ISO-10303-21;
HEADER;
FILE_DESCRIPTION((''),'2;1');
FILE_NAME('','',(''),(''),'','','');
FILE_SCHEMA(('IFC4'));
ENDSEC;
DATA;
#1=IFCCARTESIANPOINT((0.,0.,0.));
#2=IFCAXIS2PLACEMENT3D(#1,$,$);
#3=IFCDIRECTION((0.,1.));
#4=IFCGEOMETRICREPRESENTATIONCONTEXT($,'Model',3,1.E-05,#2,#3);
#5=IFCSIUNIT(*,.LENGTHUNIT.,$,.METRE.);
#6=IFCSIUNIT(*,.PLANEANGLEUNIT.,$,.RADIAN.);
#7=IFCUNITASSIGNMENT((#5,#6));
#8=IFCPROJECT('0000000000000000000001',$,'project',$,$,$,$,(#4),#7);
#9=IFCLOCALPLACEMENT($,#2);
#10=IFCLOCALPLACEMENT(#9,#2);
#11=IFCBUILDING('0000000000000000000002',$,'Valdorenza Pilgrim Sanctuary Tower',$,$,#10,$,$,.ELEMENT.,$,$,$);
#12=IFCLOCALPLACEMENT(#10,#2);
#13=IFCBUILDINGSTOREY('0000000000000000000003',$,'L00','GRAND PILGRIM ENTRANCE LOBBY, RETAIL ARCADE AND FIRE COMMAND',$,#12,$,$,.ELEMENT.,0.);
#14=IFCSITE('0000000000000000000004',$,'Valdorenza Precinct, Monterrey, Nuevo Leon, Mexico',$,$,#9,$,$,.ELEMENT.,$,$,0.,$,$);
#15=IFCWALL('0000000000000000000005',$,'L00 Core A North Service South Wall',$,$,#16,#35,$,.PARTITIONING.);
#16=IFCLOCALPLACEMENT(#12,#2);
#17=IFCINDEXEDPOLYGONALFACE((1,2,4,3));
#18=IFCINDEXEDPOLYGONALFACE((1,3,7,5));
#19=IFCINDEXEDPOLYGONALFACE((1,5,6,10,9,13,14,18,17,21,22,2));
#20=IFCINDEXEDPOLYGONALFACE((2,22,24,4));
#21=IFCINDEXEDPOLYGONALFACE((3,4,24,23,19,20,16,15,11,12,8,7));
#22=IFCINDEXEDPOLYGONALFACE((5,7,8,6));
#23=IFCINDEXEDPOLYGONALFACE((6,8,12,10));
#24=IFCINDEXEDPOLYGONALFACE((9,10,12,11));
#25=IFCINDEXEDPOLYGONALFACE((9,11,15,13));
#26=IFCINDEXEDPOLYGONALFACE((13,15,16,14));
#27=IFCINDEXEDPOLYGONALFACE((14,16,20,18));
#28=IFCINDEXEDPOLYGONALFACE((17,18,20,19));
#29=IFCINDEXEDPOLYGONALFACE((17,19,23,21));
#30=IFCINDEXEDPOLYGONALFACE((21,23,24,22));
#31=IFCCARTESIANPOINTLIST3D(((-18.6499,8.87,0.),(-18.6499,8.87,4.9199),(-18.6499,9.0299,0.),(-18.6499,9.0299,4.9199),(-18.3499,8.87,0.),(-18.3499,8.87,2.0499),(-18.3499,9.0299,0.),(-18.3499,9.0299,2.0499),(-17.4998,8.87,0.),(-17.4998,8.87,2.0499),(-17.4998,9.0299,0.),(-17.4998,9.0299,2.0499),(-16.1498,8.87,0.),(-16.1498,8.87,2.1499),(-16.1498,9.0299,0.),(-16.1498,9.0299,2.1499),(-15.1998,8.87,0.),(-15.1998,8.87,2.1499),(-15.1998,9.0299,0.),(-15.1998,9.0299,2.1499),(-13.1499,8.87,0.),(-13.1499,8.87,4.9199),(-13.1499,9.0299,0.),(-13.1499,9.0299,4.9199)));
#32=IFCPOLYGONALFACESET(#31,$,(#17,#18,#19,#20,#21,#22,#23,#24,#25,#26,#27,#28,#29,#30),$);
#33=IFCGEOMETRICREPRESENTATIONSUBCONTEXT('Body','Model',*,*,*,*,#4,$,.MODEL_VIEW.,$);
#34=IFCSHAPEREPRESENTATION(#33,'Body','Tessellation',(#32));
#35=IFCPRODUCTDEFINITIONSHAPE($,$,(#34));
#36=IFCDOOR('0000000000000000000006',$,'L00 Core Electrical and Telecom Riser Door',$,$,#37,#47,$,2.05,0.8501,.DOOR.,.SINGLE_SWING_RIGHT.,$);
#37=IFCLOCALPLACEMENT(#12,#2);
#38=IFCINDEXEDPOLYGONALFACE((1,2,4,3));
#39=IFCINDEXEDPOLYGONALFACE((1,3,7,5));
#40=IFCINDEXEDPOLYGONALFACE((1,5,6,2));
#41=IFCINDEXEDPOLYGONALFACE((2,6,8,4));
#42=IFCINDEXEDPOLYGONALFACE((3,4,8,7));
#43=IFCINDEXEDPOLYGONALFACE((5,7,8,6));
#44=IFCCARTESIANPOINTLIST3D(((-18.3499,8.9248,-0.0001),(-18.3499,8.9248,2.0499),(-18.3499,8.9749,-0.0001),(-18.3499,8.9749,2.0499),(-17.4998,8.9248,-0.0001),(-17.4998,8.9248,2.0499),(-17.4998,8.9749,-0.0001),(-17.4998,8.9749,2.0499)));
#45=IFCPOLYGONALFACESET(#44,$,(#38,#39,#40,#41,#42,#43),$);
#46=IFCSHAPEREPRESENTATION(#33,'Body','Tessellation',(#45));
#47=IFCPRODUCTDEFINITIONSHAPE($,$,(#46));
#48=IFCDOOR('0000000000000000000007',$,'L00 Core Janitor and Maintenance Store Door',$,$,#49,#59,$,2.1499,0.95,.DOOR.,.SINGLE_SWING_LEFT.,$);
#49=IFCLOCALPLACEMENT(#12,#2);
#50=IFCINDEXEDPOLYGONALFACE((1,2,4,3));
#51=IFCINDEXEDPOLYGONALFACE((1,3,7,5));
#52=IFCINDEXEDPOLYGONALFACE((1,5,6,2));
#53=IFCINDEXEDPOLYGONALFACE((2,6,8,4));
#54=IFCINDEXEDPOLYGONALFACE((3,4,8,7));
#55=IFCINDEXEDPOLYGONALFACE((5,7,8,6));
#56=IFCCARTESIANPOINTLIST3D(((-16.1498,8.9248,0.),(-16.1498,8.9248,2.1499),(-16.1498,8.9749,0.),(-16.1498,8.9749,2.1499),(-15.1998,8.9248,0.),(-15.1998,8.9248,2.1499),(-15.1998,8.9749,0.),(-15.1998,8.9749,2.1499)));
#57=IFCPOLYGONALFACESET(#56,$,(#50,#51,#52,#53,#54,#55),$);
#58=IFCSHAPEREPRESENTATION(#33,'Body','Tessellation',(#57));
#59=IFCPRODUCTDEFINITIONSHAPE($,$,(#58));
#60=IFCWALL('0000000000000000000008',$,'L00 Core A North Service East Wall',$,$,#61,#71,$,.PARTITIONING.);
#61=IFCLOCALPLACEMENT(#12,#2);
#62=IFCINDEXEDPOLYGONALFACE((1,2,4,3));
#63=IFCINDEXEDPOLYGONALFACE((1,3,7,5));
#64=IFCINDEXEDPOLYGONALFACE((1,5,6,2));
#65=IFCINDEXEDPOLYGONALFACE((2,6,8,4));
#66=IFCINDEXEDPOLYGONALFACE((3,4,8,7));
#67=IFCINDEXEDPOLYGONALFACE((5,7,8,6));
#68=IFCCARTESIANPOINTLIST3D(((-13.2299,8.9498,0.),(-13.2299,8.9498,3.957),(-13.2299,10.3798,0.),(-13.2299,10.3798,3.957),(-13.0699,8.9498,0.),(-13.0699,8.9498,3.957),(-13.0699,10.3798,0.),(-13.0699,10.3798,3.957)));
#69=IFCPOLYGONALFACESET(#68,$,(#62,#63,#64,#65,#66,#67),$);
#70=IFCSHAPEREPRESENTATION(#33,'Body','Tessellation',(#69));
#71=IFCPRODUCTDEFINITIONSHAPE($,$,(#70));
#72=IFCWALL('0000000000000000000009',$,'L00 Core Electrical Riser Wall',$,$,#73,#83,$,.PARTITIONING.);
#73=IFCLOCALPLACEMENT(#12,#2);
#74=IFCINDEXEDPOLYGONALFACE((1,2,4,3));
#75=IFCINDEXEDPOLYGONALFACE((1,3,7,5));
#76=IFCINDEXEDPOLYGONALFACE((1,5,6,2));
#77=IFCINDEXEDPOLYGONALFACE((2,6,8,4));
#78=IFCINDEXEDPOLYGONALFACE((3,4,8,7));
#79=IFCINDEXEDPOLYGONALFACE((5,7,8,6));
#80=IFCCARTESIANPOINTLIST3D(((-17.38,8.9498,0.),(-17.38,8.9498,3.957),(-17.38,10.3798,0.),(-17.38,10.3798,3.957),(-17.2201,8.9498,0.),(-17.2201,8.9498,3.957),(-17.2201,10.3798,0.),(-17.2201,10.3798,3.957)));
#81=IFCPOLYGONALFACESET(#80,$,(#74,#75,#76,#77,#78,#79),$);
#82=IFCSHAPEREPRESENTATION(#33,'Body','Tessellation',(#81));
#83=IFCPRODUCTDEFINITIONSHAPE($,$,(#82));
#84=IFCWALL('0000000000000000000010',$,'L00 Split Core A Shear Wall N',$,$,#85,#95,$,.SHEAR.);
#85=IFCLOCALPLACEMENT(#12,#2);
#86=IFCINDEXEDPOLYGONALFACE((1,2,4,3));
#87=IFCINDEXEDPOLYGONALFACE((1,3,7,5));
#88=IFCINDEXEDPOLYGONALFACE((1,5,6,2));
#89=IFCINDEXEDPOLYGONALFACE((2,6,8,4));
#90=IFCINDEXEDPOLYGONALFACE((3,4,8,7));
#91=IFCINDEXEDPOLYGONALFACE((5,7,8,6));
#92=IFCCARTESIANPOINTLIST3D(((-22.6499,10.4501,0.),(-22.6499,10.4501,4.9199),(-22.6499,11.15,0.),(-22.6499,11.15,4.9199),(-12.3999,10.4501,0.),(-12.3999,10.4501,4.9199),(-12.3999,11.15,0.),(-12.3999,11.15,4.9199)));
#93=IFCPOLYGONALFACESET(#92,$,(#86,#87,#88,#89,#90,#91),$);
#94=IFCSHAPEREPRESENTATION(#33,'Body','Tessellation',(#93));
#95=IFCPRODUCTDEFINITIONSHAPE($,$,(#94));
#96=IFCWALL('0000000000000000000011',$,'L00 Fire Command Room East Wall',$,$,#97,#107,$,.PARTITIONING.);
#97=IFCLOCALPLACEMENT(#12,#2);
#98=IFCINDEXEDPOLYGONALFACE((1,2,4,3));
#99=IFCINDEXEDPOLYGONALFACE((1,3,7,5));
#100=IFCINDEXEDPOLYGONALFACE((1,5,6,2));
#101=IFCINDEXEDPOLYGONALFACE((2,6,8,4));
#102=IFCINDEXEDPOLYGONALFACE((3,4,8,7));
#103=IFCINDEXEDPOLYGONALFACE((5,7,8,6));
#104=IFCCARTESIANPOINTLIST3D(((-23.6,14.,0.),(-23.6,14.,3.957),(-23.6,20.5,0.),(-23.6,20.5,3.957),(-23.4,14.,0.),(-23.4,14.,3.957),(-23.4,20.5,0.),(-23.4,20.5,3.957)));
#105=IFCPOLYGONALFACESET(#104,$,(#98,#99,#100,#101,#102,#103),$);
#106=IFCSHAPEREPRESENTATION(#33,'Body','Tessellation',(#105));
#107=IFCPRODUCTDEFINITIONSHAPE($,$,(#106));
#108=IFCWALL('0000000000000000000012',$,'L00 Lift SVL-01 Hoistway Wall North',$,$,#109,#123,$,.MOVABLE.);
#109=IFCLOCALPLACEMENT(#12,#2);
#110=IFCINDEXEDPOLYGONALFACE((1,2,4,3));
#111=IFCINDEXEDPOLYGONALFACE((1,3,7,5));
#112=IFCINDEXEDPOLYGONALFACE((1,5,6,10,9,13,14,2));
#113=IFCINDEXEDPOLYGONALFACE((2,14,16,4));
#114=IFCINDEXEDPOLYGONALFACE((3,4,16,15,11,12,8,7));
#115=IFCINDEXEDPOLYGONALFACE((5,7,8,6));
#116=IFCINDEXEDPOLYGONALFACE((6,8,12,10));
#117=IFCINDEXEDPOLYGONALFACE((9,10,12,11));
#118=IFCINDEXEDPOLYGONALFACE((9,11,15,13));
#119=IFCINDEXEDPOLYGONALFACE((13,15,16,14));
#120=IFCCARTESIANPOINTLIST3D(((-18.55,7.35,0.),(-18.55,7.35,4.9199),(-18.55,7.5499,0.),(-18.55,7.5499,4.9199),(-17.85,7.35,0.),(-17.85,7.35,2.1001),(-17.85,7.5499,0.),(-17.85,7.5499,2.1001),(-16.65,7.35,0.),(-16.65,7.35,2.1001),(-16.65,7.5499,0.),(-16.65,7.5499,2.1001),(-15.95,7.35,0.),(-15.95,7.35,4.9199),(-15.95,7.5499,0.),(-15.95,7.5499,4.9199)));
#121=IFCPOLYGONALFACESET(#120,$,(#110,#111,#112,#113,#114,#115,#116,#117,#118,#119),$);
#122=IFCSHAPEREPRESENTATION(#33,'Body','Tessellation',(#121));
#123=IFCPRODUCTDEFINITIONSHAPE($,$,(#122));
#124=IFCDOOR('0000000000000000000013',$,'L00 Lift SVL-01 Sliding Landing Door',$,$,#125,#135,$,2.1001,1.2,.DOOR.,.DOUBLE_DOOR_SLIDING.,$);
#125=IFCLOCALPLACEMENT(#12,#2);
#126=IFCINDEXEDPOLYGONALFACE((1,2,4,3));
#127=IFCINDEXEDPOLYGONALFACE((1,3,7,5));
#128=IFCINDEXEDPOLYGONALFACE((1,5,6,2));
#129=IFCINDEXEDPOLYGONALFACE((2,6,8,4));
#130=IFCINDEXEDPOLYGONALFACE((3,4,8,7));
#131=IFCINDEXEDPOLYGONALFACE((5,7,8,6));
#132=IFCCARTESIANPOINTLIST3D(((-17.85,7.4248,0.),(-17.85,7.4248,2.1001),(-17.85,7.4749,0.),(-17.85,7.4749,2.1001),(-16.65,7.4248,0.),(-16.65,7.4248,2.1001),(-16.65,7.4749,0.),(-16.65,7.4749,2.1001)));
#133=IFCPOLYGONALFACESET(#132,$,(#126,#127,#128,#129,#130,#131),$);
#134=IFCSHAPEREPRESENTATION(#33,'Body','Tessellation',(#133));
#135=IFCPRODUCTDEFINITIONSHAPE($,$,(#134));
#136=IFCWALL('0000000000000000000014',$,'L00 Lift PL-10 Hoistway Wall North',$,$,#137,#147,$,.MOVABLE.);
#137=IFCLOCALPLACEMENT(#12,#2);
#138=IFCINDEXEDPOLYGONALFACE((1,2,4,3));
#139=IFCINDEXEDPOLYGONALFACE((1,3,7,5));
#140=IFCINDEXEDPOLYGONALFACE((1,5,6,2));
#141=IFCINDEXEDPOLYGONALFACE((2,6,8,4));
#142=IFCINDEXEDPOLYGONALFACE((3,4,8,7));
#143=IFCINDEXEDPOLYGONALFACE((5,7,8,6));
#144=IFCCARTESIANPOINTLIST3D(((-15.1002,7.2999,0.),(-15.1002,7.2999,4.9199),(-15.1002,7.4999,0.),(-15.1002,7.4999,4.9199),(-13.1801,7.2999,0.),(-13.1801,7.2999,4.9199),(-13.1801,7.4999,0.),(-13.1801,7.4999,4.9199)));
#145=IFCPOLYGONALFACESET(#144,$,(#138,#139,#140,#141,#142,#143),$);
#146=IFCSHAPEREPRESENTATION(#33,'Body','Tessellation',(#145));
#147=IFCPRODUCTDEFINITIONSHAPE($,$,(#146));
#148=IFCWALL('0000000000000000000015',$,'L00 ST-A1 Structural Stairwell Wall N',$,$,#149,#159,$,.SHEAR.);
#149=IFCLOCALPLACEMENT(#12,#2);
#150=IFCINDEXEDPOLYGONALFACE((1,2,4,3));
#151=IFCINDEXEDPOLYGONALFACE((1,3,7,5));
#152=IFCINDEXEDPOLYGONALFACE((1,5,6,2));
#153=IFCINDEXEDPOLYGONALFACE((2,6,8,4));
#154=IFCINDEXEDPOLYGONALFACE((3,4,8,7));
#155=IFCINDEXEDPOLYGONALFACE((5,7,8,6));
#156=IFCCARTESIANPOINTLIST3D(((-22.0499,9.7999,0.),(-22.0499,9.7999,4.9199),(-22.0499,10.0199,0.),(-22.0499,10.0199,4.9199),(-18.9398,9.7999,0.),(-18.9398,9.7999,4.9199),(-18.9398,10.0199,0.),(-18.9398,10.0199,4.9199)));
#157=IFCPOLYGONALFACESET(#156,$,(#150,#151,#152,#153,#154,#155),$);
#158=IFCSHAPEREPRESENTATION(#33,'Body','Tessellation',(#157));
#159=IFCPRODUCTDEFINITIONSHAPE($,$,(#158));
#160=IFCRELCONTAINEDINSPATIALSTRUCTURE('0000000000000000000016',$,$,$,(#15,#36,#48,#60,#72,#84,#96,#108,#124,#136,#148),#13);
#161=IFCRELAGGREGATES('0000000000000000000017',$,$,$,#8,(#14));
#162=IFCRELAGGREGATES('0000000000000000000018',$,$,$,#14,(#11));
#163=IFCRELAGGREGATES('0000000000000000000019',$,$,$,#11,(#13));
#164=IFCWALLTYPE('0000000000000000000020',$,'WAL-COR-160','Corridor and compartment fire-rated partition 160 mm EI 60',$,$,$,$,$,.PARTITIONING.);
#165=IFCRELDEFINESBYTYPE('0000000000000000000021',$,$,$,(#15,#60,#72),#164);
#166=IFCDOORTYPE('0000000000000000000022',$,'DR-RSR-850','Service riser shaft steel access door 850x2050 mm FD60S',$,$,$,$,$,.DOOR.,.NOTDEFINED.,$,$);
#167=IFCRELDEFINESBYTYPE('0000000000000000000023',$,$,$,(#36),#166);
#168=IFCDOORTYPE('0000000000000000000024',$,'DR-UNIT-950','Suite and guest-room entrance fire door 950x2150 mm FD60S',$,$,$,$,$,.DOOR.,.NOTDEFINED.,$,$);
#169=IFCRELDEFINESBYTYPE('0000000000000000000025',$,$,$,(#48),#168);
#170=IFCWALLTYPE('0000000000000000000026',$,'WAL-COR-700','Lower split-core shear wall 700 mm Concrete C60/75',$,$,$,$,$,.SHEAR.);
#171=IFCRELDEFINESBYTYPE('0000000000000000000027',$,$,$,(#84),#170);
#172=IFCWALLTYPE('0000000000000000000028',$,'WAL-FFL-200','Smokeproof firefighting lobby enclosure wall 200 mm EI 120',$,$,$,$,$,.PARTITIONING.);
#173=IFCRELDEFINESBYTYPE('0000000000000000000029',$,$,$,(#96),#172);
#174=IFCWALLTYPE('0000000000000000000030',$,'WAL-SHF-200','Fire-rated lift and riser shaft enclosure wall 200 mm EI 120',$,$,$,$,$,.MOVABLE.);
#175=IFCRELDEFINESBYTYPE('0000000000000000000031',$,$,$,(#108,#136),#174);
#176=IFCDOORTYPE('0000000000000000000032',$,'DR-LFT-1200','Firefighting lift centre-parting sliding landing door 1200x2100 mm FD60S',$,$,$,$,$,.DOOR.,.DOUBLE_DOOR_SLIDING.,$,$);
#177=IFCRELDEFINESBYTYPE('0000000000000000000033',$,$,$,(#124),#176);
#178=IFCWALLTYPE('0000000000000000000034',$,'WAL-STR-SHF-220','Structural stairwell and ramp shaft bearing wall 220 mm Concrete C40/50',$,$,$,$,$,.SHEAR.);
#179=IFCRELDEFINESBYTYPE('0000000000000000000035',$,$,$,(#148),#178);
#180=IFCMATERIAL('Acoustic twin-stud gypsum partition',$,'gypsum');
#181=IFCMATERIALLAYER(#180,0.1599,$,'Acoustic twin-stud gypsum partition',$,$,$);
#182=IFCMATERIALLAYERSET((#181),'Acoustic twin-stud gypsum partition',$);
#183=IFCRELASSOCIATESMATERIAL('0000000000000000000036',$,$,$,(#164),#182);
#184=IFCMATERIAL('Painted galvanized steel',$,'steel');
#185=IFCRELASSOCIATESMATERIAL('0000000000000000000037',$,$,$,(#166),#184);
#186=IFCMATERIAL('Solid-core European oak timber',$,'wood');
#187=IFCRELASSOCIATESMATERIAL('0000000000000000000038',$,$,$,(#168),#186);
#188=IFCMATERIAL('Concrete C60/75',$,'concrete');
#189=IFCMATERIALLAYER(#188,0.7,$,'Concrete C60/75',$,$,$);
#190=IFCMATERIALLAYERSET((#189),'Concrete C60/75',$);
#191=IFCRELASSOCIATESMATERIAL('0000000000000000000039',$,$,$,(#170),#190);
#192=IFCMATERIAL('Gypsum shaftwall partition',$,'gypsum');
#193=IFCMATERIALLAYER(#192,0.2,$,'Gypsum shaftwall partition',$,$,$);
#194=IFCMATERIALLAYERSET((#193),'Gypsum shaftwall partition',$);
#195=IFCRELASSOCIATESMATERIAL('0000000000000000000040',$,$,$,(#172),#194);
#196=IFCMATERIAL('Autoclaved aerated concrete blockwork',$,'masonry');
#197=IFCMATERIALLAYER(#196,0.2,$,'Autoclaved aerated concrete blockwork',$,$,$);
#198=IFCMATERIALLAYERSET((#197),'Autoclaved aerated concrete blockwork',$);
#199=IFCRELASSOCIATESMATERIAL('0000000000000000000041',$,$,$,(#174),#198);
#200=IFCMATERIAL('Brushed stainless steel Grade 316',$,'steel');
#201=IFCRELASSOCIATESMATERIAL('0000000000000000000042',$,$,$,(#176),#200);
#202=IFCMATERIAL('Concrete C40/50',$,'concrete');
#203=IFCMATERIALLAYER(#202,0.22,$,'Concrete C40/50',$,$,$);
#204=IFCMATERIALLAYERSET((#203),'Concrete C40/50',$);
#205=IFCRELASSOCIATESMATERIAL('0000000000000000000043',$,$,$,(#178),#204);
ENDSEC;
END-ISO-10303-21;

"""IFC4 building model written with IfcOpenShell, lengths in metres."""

from ifc_helpers import new_model, si_unit, direction, frame, frame_2d, origin, place, context, subcontext, project, spatial, rectangle, extrude, material, layer, layer_set, type_object, element, fill, save


model = new_model("IFC4")

# Units and contexts
model_context = context("Model", 3, precision=1e-05, world=origin(), true_north=direction((0.0, 1.0)))
body_context = subcontext(model_context, "Body", "Model", "MODEL_VIEW")
ifc_project = project(units=[si_unit("LENGTHUNIT", "METRE"), si_unit("PLANEANGLEUNIT", "RADIAN")], contexts=[model_context])

# Site, building, storey
site_placement = place(None, origin())
site = spatial("IfcSite", under=ifc_project, at=site_placement, Name="Valdorenza Precinct, Monterrey, Nuevo Leon, Mexico", CompositionType="ELEMENT", RefElevation=0.0)
building_placement = place(site_placement, origin())
building = spatial("IfcBuilding", under=site, at=building_placement, Name="Valdorenza Pilgrim Sanctuary Tower", CompositionType="ELEMENT")
storey_placement = place(building_placement, origin())
storey = spatial("IfcBuildingStorey", under=building, at=storey_placement, Name="L00", Description="GRAND PILGRIM ENTRANCE LOBBY, RETAIL ARCADE AND FIRE COMMAND", CompositionType="ELEMENT", Elevation=0.0)

# Shared definitions
ifc_material_1 = material(Name="Concrete C60/75", Category="concrete")

# Shared definitions
ifc_material_2 = material(Name="Acoustic twin-stud gypsum partition", Category="gypsum")
ifc_layer_1 = layer(ifc_material_2, 0.1599, Name="Acoustic twin-stud gypsum partition")
ifc_layer_set_1 = layer_set([ifc_layer_1], Name="Acoustic twin-stud gypsum partition")
wall_type_1 = type_object("IfcWallType", Name="WAL-COR-160", Description="Corridor and compartment fire-rated partition 160 mm EI 60", PredefinedType="PARTITIONING", material=ifc_layer_set_1)

# Wall, openings, doors
wall_1_placement = place(storey_placement, frame((-18.6499, 8.95, 0.0), z_axis=(0.0, 0.0, 1.0), x_axis=(1.0, 0.0, 0.0)))
wall_1 = element("IfcWall", 1, at=wall_1_placement, inside=storey, type_object=wall_type_1, Name="L00 Core A North Service South Wall", PredefinedType="PARTITIONING", context=body_context, shape_type="SweptSolid", body=[
    extrude(rectangle(XDim=5.5, YDim=0.1599, at=frame_2d((2.75, 0.0))), origin(), (0.0, 0.0, 1.0), 4.9199),
])
opening_1_placement = place(wall_1_placement, frame((0.3, 0.0, 0.0)))
opening_1 = element("IfcOpeningElement", 2, at=opening_1_placement, cuts=wall_1, PredefinedType="OPENING", context=body_context, shape_type="SweptSolid", body=[
    extrude(rectangle(XDim=0.8501, YDim=2.05, at=frame_2d((0.425, 1.0249))), frame((0.0, 0.0947, 0.0), z_axis=(0.0, -1.0, 0.0), x_axis=(1.0, 0.0, 0.0)), (0.0, 0.0, 1.0), 0.1897),
])
opening_2_placement = place(wall_1_placement, frame((2.5, 0.0, 0.0)))
opening_2 = element("IfcOpeningElement", 3, at=opening_2_placement, cuts=wall_1, PredefinedType="OPENING", context=body_context, shape_type="SweptSolid", body=[
    extrude(rectangle(XDim=0.95, YDim=2.1499, at=frame_2d((0.4751, 1.075))), frame((0.0, 0.0947, 0.0), z_axis=(0.0, -1.0, 0.0), x_axis=(1.0, 0.0, 0.0)), (0.0, 0.0, 1.0), 0.1897),
])
ifc_material_3 = material(Name="Painted galvanized steel", Category="steel")
door_type_1 = type_object("IfcDoorType", Name="DR-RSR-850", Description="Service riser shaft steel access door 850x2050 mm FD60S", OperationType="NOTDEFINED", PredefinedType="DOOR", material=ifc_material_3)
door_1_placement = place(opening_1_placement, origin())
door_1 = element("IfcDoor", 4, at=door_1_placement, inside=storey, type_object=door_type_1, Name="L00 Core Electrical and Telecom Riser Door", OperationType="SINGLE_SWING_RIGHT", OverallHeight=2.05, OverallWidth=0.8501, PredefinedType="DOOR", context=body_context, shape_type="SweptSolid", body=[
    extrude(rectangle(XDim=0.8501, YDim=2.05, at=frame_2d((0.425, 1.0249))), frame((0.0, 0.0249, 0.0), z_axis=(0.0, -1.0, 0.0), x_axis=(1.0, 0.0, 0.0)), (0.0, 0.0, 1.0), 0.05),
])
fill(opening_1, door_1)
ifc_material_4 = material(Name="Solid-core European oak timber", Category="wood")
door_type_2 = type_object("IfcDoorType", Name="DR-UNIT-950", Description="Suite and guest-room entrance fire door 950x2150 mm FD60S", OperationType="NOTDEFINED", PredefinedType="DOOR", material=ifc_material_4)
door_2_placement = place(opening_2_placement, origin())
door_2 = element("IfcDoor", 5, at=door_2_placement, inside=storey, type_object=door_type_2, Name="L00 Core Janitor and Maintenance Store Door", OperationType="SINGLE_SWING_LEFT", OverallHeight=2.1499, OverallWidth=0.95, PredefinedType="DOOR", context=body_context, shape_type="SweptSolid", body=[
    extrude(rectangle(XDim=0.95, YDim=2.1499, at=frame_2d((0.4751, 1.075))), frame((0.0, 0.0249, 0.0), z_axis=(0.0, -1.0, 0.0), x_axis=(1.0, 0.0, 0.0)), (0.0, 0.0, 1.0), 0.05),
])
fill(opening_2, door_2)

# Walls
for number, where, z_axis, x_axis, name in (
    (6, (-13.1499, 8.95, 0.0), (0.0, 0.0, 1.0), (0.0, 1.0, 0.0), "L00 Core A North Service East Wall"),
    (7, (-17.3, 8.95, 0.0), (0.0, 0.0, 1.0), (0.0, 1.0, 0.0), "L00 Core Electrical Riser Wall"),
):
    element("IfcWall", number, at=place(storey_placement, frame(where, z_axis=z_axis, x_axis=x_axis)), inside=storey, type_object=wall_type_1, Name=name, PredefinedType="PARTITIONING", context=body_context, shape_type="SweptSolid", body=[
        extrude(rectangle(XDim=1.4299, YDim=0.1599, at=frame_2d((0.7148, 0.0))), origin(), (0.0, 0.0, 1.0), 3.957),
    ])
ifc_layer_2 = layer(ifc_material_1, 0.7, Name="Concrete C60/75")
ifc_layer_set_2 = layer_set([ifc_layer_2], Name="Concrete C60/75")
wall_type_2 = type_object("IfcWallType", Name="WAL-COR-700", Description="Lower split-core shear wall 700 mm Concrete C60/75", PredefinedType="SHEAR", material=ifc_layer_set_2)
wall_2_placement = place(storey_placement, frame((-22.6499, 10.8, 0.0), z_axis=(0.0, 0.0, 1.0), x_axis=(1.0, 0.0, 0.0)))
element("IfcWall", 8, at=wall_2_placement, inside=storey, type_object=wall_type_2, Name="L00 Split Core A Shear Wall N", PredefinedType="SHEAR", context=body_context, shape_type="SweptSolid", body=[
    extrude(rectangle(XDim=10.25, YDim=0.7, at=frame_2d((5.125, 0.0))), origin(), (0.0, 0.0, 1.0), 4.9199),
])
ifc_material_5 = material(Name="Gypsum shaftwall partition", Category="gypsum")
ifc_layer_3 = layer(ifc_material_5, 0.2, Name="Gypsum shaftwall partition")
ifc_layer_set_3 = layer_set([ifc_layer_3], Name="Gypsum shaftwall partition")
wall_type_3 = type_object("IfcWallType", Name="WAL-FFL-200", Description="Smokeproof firefighting lobby enclosure wall 200 mm EI 120", PredefinedType="PARTITIONING", material=ifc_layer_set_3)
wall_3_placement = place(storey_placement, frame((-23.5, 14.0, 0.0), z_axis=(0.0, 0.0, 1.0), x_axis=(0.0, 1.0, 0.0)))
element("IfcWall", 9, at=wall_3_placement, inside=storey, type_object=wall_type_3, Name="L00 Fire Command Room East Wall", PredefinedType="PARTITIONING", context=body_context, shape_type="SweptSolid", body=[
    extrude(rectangle(XDim=6.5, YDim=0.2, at=frame_2d((3.25, 0.0))), origin(), (0.0, 0.0, 1.0), 3.957),
])

# Wall, opening, door
ifc_material_6 = material(Name="Autoclaved aerated concrete blockwork", Category="masonry")
ifc_layer_4 = layer(ifc_material_6, 0.2, Name="Autoclaved aerated concrete blockwork")
ifc_layer_set_4 = layer_set([ifc_layer_4], Name="Autoclaved aerated concrete blockwork")
wall_type_4 = type_object("IfcWallType", Name="WAL-SHF-200", Description="Fire-rated lift and riser shaft enclosure wall 200 mm EI 120", PredefinedType="MOVABLE", material=ifc_layer_set_4)
wall_4_placement = place(storey_placement, frame((-18.55, 7.45, 0.0), z_axis=(0.0, 0.0, 1.0), x_axis=(1.0, 0.0, 0.0)))
wall_4 = element("IfcWall", 10, at=wall_4_placement, inside=storey, type_object=wall_type_4, Name="L00 Lift SVL-01 Hoistway Wall North", PredefinedType="MOVABLE", context=body_context, shape_type="SweptSolid", body=[
    extrude(rectangle(XDim=2.6001, YDim=0.2, at=frame_2d((1.3, 0.0))), origin(), (0.0, 0.0, 1.0), 4.9199),
])
opening_3_placement = place(wall_4_placement, frame((0.7, 0.0, 0.0)))
opening_3 = element("IfcOpeningElement", 11, at=opening_3_placement, cuts=wall_4, PredefinedType="OPENING", context=body_context, shape_type="SweptSolid", body=[
    extrude(rectangle(XDim=1.2, YDim=2.1001, at=frame_2d((0.6001, 1.05))), frame((0.0, 0.1147, 0.0), z_axis=(0.0, -1.0, 0.0), x_axis=(1.0, 0.0, 0.0)), (0.0, 0.0, 1.0), 0.2297),
])
ifc_material_7 = material(Name="Brushed stainless steel Grade 316", Category="steel")
door_type_3 = type_object("IfcDoorType", Name="DR-LFT-1200", Description="Firefighting lift centre-parting sliding landing door 1200x2100 mm FD60S", OperationType="DOUBLE_DOOR_SLIDING", PredefinedType="DOOR", material=ifc_material_7)
door_3_placement = place(opening_3_placement, origin())
door_3 = element("IfcDoor", 12, at=door_3_placement, inside=storey, type_object=door_type_3, Name="L00 Lift SVL-01 Sliding Landing Door", OperationType="DOUBLE_DOOR_SLIDING", OverallHeight=2.1001, OverallWidth=1.2, PredefinedType="DOOR", context=body_context, shape_type="SweptSolid", body=[
    extrude(rectangle(XDim=1.2, YDim=2.1001, at=frame_2d((0.6001, 1.05))), frame((0.0, 0.0249, 0.0), z_axis=(0.0, -1.0, 0.0), x_axis=(1.0, 0.0, 0.0)), (0.0, 0.0, 1.0), 0.05),
])
fill(opening_3, door_3)

# Walls
wall_5_placement = place(storey_placement, frame((-15.1001, 7.3999, 0.0), z_axis=(0.0, 0.0, 1.0), x_axis=(1.0, 0.0, 0.0)))
element("IfcWall", 13, at=wall_5_placement, inside=storey, type_object=wall_type_4, Name="L00 Lift PL-10 Hoistway Wall North", PredefinedType="MOVABLE", context=body_context, shape_type="SweptSolid", body=[
    extrude(rectangle(XDim=1.9202, YDim=0.2, at=frame_2d((0.96, 0.0))), origin(), (0.0, 0.0, 1.0), 4.9199),
])
ifc_material_8 = material(Name="Concrete C40/50", Category="concrete")
ifc_layer_5 = layer(ifc_material_8, 0.22, Name="Concrete C40/50")
ifc_layer_set_5 = layer_set([ifc_layer_5], Name="Concrete C40/50")
wall_type_5 = type_object("IfcWallType", Name="WAL-STR-SHF-220", Description="Structural stairwell and ramp shaft bearing wall 220 mm Concrete C40/50", PredefinedType="SHEAR", material=ifc_layer_set_5)
wall_6_placement = place(storey_placement, frame((-22.05, 9.9099, 0.0), z_axis=(0.0, 0.0, 1.0), x_axis=(1.0, 0.0, 0.0)))
element("IfcWall", 14, at=wall_6_placement, inside=storey, type_object=wall_type_5, Name="L00 ST-A1 Structural Stairwell Wall N", PredefinedType="SHEAR", context=body_context, shape_type="SweptSolid", body=[
    extrude(rectangle(XDim=3.1101, YDim=0.22, at=frame_2d((1.5552, 0.0))), origin(), (0.0, 0.0, 1.0), 4.9199),
])

save(model, "model.ifc")
